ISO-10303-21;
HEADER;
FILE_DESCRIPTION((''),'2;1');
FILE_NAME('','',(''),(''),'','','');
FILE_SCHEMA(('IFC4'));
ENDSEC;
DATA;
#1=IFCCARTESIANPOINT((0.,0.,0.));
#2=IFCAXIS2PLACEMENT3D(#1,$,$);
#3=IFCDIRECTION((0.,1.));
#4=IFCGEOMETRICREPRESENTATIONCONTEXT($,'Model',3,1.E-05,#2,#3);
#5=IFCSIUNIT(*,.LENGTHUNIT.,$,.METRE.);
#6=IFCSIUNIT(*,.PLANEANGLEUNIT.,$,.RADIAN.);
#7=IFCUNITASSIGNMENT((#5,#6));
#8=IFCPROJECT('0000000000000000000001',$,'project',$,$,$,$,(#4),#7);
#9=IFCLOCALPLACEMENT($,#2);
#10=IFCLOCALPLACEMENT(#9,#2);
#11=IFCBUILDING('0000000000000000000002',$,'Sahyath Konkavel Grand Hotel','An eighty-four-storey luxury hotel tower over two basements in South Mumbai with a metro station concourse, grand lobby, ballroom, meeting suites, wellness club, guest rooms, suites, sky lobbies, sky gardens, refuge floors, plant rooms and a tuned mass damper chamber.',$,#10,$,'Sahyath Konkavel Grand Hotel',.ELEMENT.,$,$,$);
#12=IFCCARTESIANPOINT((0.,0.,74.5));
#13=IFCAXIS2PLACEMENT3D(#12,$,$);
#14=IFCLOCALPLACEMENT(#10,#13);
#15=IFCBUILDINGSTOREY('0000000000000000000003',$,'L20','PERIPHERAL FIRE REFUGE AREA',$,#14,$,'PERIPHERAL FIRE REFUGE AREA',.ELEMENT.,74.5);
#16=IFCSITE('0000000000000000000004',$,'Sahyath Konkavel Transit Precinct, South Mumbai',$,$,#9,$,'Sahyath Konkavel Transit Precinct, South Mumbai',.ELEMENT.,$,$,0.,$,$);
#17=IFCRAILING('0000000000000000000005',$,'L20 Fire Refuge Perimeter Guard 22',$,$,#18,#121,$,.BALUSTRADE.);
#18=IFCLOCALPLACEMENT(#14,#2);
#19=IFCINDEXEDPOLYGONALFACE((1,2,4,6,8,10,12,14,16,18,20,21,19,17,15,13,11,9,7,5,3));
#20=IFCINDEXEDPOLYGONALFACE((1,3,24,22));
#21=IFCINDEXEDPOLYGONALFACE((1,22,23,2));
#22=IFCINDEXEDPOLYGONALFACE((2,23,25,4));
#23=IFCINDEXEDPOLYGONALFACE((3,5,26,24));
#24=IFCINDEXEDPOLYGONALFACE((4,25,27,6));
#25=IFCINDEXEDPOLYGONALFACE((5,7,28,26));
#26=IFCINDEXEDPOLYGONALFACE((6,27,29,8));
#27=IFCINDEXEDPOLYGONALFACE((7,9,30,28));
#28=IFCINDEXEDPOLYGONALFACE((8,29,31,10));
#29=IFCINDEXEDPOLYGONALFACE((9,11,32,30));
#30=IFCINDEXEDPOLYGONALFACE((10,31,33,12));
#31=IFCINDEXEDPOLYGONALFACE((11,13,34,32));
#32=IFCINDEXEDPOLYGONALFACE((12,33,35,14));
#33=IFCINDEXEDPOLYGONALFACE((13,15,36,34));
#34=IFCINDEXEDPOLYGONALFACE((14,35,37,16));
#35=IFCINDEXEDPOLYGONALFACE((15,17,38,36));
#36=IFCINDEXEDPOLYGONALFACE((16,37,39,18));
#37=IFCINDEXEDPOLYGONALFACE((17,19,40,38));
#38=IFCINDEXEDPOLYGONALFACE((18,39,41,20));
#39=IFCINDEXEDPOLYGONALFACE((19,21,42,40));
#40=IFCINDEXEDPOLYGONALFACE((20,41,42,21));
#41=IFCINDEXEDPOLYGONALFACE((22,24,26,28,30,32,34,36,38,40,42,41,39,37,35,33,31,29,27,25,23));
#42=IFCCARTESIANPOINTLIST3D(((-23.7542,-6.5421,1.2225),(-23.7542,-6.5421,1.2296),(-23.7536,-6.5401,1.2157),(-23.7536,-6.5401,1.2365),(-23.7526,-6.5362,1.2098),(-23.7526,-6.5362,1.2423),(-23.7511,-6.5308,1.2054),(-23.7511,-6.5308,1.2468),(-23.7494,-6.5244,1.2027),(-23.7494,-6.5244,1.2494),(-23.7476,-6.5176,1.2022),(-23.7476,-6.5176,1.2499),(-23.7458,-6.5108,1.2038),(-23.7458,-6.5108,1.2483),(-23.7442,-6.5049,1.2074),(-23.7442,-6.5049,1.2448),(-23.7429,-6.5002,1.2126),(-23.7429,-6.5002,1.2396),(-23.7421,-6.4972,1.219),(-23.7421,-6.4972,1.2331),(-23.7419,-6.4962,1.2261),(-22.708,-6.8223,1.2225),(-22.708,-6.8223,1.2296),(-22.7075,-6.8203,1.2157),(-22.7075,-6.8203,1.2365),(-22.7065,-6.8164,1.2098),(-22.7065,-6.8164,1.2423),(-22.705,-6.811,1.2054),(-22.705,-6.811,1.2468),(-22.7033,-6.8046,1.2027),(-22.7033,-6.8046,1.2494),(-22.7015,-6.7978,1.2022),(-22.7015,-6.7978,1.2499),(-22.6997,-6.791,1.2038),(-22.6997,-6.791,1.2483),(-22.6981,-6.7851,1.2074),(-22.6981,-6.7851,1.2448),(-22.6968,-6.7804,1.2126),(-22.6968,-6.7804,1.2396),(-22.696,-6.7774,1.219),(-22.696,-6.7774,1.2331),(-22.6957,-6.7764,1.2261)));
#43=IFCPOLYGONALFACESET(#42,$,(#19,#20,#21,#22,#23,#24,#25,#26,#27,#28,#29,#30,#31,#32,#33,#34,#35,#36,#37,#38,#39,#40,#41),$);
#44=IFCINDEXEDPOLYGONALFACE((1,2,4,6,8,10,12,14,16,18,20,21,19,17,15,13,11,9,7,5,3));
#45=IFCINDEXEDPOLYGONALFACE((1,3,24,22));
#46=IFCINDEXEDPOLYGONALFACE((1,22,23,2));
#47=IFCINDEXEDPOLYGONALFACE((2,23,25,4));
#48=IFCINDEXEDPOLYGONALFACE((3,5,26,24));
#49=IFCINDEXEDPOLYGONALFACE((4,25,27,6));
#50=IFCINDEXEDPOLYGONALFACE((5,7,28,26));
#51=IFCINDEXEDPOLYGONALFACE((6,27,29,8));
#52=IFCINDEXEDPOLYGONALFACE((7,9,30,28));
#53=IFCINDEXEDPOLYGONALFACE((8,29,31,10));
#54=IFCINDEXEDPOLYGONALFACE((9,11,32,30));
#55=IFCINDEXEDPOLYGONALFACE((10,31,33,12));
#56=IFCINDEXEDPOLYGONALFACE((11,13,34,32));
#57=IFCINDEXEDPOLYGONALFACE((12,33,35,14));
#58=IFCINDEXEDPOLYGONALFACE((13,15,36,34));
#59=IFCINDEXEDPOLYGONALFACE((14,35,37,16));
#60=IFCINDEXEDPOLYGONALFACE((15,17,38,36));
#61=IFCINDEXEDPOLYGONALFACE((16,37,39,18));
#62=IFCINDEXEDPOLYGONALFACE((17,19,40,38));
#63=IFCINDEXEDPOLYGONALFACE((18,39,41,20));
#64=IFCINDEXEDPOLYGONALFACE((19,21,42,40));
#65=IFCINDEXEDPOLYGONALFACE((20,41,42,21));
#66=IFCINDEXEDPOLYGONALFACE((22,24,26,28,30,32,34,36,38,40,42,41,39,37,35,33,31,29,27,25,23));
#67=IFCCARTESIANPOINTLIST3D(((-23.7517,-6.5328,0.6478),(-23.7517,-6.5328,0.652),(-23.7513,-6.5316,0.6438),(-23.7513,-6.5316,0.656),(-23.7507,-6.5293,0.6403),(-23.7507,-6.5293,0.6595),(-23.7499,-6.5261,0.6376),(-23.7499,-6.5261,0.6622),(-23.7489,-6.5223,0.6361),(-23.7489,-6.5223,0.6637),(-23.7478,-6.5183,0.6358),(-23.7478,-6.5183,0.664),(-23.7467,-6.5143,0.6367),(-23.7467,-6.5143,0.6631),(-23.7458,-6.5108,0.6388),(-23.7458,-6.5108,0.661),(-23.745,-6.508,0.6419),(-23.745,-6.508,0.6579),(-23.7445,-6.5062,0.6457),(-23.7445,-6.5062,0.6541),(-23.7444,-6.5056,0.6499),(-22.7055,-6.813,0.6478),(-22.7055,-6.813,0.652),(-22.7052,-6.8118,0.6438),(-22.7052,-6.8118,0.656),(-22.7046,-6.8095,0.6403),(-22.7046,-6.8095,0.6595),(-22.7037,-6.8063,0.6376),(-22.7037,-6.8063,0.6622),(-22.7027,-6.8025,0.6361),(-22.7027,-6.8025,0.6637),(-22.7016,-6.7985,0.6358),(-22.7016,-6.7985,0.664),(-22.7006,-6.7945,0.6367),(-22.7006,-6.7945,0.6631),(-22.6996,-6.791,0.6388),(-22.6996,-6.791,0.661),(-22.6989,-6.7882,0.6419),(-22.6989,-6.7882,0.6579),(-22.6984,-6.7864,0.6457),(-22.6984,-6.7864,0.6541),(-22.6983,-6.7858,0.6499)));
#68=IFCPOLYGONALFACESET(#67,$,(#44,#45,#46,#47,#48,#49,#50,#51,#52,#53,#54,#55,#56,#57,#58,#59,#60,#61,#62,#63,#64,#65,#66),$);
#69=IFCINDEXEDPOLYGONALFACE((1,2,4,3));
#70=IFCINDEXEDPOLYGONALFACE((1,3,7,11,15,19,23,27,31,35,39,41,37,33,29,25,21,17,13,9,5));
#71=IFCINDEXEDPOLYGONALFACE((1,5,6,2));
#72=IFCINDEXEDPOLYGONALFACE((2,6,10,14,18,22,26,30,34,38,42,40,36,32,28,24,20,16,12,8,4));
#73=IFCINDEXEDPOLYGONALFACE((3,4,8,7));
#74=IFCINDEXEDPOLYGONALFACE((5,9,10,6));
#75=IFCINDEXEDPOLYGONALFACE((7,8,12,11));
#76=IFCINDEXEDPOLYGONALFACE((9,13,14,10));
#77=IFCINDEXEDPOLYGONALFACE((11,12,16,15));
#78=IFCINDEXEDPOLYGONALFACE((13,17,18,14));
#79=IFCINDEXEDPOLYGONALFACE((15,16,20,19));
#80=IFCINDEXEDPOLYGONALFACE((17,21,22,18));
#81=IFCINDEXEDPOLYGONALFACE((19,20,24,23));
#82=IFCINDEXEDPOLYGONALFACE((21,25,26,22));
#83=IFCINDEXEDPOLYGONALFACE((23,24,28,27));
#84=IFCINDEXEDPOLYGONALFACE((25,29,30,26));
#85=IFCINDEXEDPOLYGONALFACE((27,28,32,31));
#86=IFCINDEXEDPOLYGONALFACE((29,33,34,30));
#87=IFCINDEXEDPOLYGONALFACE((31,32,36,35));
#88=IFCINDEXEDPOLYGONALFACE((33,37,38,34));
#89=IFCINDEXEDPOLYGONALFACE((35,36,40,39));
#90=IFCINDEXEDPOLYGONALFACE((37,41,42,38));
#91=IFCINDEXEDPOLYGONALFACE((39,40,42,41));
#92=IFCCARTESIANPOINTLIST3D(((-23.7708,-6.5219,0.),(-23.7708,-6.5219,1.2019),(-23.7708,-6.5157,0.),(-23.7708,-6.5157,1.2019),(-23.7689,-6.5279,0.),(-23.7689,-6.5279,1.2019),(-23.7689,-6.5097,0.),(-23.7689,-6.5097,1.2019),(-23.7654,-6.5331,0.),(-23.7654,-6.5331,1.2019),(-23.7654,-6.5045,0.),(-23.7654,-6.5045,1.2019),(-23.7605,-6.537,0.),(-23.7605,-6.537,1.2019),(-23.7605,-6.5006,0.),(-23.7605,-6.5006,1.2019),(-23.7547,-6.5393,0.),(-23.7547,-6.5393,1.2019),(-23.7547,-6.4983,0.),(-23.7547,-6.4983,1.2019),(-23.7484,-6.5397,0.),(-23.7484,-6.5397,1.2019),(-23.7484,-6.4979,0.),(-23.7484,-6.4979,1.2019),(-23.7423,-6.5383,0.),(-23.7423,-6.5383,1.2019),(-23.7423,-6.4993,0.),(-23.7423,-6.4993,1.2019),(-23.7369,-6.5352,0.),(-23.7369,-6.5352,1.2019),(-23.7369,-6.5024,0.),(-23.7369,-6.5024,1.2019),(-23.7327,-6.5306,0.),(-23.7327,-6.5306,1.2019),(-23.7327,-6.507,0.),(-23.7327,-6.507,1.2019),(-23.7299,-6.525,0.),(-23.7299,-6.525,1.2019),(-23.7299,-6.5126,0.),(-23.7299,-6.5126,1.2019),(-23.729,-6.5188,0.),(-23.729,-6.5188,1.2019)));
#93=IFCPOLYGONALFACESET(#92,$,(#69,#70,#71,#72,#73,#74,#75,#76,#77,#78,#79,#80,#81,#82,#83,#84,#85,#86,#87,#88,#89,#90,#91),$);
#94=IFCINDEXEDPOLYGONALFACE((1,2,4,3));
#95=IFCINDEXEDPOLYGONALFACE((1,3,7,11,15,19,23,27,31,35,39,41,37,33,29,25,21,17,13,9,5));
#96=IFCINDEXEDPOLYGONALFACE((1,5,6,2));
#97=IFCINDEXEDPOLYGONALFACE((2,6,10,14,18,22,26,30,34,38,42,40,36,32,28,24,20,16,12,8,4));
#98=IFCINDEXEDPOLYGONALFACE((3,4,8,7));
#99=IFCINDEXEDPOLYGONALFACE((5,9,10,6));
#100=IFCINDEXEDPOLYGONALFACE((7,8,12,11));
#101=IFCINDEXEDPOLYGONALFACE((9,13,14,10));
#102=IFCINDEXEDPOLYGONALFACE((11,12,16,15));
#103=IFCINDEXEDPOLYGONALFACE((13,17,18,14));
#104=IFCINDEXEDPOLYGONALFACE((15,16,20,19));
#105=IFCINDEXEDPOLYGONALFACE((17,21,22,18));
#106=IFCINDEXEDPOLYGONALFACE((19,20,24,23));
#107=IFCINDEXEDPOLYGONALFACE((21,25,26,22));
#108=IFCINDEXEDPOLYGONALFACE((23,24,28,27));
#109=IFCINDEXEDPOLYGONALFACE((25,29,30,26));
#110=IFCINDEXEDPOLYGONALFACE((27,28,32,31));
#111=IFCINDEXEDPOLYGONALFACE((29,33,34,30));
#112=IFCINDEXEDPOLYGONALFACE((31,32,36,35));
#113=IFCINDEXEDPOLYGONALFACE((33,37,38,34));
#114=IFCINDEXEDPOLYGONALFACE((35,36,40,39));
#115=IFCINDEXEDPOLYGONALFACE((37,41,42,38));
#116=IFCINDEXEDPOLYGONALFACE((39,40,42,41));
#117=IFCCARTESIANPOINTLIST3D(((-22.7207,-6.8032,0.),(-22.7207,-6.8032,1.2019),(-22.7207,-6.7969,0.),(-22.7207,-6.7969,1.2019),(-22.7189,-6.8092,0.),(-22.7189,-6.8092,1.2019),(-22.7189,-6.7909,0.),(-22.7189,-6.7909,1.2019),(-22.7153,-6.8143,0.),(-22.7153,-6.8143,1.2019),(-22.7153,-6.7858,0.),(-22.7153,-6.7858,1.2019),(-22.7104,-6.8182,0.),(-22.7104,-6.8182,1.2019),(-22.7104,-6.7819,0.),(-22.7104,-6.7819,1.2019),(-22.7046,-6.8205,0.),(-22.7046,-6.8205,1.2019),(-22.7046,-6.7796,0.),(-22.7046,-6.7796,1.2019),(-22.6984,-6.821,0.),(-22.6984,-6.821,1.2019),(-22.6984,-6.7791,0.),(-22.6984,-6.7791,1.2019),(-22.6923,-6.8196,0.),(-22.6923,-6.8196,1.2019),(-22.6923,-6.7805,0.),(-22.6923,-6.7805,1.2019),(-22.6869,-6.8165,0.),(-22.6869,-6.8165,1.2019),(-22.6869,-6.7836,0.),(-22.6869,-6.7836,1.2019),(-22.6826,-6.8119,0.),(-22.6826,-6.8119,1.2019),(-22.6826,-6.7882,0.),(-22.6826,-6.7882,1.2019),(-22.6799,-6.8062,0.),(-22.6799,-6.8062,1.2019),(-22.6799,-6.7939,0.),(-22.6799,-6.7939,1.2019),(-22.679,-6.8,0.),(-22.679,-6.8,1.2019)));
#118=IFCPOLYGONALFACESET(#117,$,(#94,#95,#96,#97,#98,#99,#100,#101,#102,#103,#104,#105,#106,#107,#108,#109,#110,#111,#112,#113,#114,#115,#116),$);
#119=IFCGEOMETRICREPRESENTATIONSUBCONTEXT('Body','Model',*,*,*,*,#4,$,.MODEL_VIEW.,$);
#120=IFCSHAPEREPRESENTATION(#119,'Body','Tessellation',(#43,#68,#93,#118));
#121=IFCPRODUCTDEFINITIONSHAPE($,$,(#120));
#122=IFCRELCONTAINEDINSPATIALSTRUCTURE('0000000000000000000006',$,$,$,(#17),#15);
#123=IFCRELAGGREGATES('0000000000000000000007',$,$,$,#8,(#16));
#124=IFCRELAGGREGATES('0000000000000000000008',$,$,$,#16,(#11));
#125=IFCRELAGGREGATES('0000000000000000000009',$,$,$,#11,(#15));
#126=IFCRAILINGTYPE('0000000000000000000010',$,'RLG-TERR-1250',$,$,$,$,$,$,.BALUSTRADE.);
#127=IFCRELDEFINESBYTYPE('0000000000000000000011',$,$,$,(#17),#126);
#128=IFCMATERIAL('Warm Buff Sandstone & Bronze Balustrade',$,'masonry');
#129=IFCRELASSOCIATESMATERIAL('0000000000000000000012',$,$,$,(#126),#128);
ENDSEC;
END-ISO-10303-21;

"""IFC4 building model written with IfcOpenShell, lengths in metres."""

from ifc_helpers import new_model, si_unit, direction, frame, origin, origin_2d, place, context, subcontext, project, spatial, circle, extrude, material, type_object, element, save


model = new_model("IFC4")

# Units and contexts
model_context = context("Model", 3, precision=1e-05, world=origin(), true_north=direction((0.0, 1.0)))
body_context = subcontext(model_context, "Body", "Model", "MODEL_VIEW")
ifc_project = project(units=[si_unit("LENGTHUNIT", "METRE"), si_unit("PLANEANGLEUNIT", "RADIAN")], contexts=[model_context])

# Site, building, storey
site_placement = place(None, origin())
site = spatial("IfcSite", under=ifc_project, at=site_placement, Name="Sahyath Konkavel Transit Precinct, South Mumbai", LongName="Sahyath Konkavel Transit Precinct, South Mumbai", CompositionType="ELEMENT", RefElevation=0.0)
building_placement = place(site_placement, origin())
building = spatial("IfcBuilding", under=site, at=building_placement, Name="Sahyath Konkavel Grand Hotel", Description="An eighty-four-storey luxury hotel tower over two basements in South Mumbai with a metro station concourse, grand lobby, ballroom, meeting suites, wellness club, guest rooms, suites, sky lobbies, sky gardens, refuge floors, plant rooms and a tuned mass damper chamber.", LongName="Sahyath Konkavel Grand Hotel", CompositionType="ELEMENT")
storey_placement = place(building_placement, frame((0.0, 0.0, 74.5)))
storey = spatial("IfcBuildingStorey", under=building, at=storey_placement, Name="L20", Description="PERIPHERAL FIRE REFUGE AREA", LongName="PERIPHERAL FIRE REFUGE AREA", CompositionType="ELEMENT", Elevation=74.5)

# Railing
ifc_material_1 = material(Name="Warm Buff Sandstone & Bronze Balustrade", Category="masonry")
railing_type = type_object("IfcRailingType", Name="RLG-TERR-1250", PredefinedType="BALUSTRADE", material=ifc_material_1)
railing_1_placement = place(storey_placement, frame((-23.75, -6.5188, 0.0)))
element("IfcRailing", 1, at=railing_1_placement, inside=storey, type_object=railing_type, Name="L20 Fire Refuge Perimeter Guard 22", PredefinedType="BALUSTRADE", context=body_context, shape_type="SweptSolid", body=[
    extrude(circle(Radius=0.0239, at=origin_2d()), frame((0.002, -0.0005, 1.2261), z_axis=(0.965951, -0.258725, 0.0), x_axis=(0.258725, 0.965951, 0.0)), (0.0, 0.0, 1.0), 1.083),
    extrude(circle(Radius=0.0142, at=origin_2d()), frame((0.002, -0.0005, 0.6499), z_axis=(0.965951, -0.258725, 0.0), x_axis=(0.258725, 0.965951, 0.0)), (0.0, 0.0, 1.0), 1.083),
    extrude(circle(Radius=0.021, at=origin_2d()), origin(), (0.0, 0.0, 1.0), 1.2019),
    extrude(circle(Radius=0.021, at=origin_2d()), frame((1.05, -0.2812, 0.0)), (0.0, 0.0, 1.0), 1.2019),
])

save(model, "model.ifc")
